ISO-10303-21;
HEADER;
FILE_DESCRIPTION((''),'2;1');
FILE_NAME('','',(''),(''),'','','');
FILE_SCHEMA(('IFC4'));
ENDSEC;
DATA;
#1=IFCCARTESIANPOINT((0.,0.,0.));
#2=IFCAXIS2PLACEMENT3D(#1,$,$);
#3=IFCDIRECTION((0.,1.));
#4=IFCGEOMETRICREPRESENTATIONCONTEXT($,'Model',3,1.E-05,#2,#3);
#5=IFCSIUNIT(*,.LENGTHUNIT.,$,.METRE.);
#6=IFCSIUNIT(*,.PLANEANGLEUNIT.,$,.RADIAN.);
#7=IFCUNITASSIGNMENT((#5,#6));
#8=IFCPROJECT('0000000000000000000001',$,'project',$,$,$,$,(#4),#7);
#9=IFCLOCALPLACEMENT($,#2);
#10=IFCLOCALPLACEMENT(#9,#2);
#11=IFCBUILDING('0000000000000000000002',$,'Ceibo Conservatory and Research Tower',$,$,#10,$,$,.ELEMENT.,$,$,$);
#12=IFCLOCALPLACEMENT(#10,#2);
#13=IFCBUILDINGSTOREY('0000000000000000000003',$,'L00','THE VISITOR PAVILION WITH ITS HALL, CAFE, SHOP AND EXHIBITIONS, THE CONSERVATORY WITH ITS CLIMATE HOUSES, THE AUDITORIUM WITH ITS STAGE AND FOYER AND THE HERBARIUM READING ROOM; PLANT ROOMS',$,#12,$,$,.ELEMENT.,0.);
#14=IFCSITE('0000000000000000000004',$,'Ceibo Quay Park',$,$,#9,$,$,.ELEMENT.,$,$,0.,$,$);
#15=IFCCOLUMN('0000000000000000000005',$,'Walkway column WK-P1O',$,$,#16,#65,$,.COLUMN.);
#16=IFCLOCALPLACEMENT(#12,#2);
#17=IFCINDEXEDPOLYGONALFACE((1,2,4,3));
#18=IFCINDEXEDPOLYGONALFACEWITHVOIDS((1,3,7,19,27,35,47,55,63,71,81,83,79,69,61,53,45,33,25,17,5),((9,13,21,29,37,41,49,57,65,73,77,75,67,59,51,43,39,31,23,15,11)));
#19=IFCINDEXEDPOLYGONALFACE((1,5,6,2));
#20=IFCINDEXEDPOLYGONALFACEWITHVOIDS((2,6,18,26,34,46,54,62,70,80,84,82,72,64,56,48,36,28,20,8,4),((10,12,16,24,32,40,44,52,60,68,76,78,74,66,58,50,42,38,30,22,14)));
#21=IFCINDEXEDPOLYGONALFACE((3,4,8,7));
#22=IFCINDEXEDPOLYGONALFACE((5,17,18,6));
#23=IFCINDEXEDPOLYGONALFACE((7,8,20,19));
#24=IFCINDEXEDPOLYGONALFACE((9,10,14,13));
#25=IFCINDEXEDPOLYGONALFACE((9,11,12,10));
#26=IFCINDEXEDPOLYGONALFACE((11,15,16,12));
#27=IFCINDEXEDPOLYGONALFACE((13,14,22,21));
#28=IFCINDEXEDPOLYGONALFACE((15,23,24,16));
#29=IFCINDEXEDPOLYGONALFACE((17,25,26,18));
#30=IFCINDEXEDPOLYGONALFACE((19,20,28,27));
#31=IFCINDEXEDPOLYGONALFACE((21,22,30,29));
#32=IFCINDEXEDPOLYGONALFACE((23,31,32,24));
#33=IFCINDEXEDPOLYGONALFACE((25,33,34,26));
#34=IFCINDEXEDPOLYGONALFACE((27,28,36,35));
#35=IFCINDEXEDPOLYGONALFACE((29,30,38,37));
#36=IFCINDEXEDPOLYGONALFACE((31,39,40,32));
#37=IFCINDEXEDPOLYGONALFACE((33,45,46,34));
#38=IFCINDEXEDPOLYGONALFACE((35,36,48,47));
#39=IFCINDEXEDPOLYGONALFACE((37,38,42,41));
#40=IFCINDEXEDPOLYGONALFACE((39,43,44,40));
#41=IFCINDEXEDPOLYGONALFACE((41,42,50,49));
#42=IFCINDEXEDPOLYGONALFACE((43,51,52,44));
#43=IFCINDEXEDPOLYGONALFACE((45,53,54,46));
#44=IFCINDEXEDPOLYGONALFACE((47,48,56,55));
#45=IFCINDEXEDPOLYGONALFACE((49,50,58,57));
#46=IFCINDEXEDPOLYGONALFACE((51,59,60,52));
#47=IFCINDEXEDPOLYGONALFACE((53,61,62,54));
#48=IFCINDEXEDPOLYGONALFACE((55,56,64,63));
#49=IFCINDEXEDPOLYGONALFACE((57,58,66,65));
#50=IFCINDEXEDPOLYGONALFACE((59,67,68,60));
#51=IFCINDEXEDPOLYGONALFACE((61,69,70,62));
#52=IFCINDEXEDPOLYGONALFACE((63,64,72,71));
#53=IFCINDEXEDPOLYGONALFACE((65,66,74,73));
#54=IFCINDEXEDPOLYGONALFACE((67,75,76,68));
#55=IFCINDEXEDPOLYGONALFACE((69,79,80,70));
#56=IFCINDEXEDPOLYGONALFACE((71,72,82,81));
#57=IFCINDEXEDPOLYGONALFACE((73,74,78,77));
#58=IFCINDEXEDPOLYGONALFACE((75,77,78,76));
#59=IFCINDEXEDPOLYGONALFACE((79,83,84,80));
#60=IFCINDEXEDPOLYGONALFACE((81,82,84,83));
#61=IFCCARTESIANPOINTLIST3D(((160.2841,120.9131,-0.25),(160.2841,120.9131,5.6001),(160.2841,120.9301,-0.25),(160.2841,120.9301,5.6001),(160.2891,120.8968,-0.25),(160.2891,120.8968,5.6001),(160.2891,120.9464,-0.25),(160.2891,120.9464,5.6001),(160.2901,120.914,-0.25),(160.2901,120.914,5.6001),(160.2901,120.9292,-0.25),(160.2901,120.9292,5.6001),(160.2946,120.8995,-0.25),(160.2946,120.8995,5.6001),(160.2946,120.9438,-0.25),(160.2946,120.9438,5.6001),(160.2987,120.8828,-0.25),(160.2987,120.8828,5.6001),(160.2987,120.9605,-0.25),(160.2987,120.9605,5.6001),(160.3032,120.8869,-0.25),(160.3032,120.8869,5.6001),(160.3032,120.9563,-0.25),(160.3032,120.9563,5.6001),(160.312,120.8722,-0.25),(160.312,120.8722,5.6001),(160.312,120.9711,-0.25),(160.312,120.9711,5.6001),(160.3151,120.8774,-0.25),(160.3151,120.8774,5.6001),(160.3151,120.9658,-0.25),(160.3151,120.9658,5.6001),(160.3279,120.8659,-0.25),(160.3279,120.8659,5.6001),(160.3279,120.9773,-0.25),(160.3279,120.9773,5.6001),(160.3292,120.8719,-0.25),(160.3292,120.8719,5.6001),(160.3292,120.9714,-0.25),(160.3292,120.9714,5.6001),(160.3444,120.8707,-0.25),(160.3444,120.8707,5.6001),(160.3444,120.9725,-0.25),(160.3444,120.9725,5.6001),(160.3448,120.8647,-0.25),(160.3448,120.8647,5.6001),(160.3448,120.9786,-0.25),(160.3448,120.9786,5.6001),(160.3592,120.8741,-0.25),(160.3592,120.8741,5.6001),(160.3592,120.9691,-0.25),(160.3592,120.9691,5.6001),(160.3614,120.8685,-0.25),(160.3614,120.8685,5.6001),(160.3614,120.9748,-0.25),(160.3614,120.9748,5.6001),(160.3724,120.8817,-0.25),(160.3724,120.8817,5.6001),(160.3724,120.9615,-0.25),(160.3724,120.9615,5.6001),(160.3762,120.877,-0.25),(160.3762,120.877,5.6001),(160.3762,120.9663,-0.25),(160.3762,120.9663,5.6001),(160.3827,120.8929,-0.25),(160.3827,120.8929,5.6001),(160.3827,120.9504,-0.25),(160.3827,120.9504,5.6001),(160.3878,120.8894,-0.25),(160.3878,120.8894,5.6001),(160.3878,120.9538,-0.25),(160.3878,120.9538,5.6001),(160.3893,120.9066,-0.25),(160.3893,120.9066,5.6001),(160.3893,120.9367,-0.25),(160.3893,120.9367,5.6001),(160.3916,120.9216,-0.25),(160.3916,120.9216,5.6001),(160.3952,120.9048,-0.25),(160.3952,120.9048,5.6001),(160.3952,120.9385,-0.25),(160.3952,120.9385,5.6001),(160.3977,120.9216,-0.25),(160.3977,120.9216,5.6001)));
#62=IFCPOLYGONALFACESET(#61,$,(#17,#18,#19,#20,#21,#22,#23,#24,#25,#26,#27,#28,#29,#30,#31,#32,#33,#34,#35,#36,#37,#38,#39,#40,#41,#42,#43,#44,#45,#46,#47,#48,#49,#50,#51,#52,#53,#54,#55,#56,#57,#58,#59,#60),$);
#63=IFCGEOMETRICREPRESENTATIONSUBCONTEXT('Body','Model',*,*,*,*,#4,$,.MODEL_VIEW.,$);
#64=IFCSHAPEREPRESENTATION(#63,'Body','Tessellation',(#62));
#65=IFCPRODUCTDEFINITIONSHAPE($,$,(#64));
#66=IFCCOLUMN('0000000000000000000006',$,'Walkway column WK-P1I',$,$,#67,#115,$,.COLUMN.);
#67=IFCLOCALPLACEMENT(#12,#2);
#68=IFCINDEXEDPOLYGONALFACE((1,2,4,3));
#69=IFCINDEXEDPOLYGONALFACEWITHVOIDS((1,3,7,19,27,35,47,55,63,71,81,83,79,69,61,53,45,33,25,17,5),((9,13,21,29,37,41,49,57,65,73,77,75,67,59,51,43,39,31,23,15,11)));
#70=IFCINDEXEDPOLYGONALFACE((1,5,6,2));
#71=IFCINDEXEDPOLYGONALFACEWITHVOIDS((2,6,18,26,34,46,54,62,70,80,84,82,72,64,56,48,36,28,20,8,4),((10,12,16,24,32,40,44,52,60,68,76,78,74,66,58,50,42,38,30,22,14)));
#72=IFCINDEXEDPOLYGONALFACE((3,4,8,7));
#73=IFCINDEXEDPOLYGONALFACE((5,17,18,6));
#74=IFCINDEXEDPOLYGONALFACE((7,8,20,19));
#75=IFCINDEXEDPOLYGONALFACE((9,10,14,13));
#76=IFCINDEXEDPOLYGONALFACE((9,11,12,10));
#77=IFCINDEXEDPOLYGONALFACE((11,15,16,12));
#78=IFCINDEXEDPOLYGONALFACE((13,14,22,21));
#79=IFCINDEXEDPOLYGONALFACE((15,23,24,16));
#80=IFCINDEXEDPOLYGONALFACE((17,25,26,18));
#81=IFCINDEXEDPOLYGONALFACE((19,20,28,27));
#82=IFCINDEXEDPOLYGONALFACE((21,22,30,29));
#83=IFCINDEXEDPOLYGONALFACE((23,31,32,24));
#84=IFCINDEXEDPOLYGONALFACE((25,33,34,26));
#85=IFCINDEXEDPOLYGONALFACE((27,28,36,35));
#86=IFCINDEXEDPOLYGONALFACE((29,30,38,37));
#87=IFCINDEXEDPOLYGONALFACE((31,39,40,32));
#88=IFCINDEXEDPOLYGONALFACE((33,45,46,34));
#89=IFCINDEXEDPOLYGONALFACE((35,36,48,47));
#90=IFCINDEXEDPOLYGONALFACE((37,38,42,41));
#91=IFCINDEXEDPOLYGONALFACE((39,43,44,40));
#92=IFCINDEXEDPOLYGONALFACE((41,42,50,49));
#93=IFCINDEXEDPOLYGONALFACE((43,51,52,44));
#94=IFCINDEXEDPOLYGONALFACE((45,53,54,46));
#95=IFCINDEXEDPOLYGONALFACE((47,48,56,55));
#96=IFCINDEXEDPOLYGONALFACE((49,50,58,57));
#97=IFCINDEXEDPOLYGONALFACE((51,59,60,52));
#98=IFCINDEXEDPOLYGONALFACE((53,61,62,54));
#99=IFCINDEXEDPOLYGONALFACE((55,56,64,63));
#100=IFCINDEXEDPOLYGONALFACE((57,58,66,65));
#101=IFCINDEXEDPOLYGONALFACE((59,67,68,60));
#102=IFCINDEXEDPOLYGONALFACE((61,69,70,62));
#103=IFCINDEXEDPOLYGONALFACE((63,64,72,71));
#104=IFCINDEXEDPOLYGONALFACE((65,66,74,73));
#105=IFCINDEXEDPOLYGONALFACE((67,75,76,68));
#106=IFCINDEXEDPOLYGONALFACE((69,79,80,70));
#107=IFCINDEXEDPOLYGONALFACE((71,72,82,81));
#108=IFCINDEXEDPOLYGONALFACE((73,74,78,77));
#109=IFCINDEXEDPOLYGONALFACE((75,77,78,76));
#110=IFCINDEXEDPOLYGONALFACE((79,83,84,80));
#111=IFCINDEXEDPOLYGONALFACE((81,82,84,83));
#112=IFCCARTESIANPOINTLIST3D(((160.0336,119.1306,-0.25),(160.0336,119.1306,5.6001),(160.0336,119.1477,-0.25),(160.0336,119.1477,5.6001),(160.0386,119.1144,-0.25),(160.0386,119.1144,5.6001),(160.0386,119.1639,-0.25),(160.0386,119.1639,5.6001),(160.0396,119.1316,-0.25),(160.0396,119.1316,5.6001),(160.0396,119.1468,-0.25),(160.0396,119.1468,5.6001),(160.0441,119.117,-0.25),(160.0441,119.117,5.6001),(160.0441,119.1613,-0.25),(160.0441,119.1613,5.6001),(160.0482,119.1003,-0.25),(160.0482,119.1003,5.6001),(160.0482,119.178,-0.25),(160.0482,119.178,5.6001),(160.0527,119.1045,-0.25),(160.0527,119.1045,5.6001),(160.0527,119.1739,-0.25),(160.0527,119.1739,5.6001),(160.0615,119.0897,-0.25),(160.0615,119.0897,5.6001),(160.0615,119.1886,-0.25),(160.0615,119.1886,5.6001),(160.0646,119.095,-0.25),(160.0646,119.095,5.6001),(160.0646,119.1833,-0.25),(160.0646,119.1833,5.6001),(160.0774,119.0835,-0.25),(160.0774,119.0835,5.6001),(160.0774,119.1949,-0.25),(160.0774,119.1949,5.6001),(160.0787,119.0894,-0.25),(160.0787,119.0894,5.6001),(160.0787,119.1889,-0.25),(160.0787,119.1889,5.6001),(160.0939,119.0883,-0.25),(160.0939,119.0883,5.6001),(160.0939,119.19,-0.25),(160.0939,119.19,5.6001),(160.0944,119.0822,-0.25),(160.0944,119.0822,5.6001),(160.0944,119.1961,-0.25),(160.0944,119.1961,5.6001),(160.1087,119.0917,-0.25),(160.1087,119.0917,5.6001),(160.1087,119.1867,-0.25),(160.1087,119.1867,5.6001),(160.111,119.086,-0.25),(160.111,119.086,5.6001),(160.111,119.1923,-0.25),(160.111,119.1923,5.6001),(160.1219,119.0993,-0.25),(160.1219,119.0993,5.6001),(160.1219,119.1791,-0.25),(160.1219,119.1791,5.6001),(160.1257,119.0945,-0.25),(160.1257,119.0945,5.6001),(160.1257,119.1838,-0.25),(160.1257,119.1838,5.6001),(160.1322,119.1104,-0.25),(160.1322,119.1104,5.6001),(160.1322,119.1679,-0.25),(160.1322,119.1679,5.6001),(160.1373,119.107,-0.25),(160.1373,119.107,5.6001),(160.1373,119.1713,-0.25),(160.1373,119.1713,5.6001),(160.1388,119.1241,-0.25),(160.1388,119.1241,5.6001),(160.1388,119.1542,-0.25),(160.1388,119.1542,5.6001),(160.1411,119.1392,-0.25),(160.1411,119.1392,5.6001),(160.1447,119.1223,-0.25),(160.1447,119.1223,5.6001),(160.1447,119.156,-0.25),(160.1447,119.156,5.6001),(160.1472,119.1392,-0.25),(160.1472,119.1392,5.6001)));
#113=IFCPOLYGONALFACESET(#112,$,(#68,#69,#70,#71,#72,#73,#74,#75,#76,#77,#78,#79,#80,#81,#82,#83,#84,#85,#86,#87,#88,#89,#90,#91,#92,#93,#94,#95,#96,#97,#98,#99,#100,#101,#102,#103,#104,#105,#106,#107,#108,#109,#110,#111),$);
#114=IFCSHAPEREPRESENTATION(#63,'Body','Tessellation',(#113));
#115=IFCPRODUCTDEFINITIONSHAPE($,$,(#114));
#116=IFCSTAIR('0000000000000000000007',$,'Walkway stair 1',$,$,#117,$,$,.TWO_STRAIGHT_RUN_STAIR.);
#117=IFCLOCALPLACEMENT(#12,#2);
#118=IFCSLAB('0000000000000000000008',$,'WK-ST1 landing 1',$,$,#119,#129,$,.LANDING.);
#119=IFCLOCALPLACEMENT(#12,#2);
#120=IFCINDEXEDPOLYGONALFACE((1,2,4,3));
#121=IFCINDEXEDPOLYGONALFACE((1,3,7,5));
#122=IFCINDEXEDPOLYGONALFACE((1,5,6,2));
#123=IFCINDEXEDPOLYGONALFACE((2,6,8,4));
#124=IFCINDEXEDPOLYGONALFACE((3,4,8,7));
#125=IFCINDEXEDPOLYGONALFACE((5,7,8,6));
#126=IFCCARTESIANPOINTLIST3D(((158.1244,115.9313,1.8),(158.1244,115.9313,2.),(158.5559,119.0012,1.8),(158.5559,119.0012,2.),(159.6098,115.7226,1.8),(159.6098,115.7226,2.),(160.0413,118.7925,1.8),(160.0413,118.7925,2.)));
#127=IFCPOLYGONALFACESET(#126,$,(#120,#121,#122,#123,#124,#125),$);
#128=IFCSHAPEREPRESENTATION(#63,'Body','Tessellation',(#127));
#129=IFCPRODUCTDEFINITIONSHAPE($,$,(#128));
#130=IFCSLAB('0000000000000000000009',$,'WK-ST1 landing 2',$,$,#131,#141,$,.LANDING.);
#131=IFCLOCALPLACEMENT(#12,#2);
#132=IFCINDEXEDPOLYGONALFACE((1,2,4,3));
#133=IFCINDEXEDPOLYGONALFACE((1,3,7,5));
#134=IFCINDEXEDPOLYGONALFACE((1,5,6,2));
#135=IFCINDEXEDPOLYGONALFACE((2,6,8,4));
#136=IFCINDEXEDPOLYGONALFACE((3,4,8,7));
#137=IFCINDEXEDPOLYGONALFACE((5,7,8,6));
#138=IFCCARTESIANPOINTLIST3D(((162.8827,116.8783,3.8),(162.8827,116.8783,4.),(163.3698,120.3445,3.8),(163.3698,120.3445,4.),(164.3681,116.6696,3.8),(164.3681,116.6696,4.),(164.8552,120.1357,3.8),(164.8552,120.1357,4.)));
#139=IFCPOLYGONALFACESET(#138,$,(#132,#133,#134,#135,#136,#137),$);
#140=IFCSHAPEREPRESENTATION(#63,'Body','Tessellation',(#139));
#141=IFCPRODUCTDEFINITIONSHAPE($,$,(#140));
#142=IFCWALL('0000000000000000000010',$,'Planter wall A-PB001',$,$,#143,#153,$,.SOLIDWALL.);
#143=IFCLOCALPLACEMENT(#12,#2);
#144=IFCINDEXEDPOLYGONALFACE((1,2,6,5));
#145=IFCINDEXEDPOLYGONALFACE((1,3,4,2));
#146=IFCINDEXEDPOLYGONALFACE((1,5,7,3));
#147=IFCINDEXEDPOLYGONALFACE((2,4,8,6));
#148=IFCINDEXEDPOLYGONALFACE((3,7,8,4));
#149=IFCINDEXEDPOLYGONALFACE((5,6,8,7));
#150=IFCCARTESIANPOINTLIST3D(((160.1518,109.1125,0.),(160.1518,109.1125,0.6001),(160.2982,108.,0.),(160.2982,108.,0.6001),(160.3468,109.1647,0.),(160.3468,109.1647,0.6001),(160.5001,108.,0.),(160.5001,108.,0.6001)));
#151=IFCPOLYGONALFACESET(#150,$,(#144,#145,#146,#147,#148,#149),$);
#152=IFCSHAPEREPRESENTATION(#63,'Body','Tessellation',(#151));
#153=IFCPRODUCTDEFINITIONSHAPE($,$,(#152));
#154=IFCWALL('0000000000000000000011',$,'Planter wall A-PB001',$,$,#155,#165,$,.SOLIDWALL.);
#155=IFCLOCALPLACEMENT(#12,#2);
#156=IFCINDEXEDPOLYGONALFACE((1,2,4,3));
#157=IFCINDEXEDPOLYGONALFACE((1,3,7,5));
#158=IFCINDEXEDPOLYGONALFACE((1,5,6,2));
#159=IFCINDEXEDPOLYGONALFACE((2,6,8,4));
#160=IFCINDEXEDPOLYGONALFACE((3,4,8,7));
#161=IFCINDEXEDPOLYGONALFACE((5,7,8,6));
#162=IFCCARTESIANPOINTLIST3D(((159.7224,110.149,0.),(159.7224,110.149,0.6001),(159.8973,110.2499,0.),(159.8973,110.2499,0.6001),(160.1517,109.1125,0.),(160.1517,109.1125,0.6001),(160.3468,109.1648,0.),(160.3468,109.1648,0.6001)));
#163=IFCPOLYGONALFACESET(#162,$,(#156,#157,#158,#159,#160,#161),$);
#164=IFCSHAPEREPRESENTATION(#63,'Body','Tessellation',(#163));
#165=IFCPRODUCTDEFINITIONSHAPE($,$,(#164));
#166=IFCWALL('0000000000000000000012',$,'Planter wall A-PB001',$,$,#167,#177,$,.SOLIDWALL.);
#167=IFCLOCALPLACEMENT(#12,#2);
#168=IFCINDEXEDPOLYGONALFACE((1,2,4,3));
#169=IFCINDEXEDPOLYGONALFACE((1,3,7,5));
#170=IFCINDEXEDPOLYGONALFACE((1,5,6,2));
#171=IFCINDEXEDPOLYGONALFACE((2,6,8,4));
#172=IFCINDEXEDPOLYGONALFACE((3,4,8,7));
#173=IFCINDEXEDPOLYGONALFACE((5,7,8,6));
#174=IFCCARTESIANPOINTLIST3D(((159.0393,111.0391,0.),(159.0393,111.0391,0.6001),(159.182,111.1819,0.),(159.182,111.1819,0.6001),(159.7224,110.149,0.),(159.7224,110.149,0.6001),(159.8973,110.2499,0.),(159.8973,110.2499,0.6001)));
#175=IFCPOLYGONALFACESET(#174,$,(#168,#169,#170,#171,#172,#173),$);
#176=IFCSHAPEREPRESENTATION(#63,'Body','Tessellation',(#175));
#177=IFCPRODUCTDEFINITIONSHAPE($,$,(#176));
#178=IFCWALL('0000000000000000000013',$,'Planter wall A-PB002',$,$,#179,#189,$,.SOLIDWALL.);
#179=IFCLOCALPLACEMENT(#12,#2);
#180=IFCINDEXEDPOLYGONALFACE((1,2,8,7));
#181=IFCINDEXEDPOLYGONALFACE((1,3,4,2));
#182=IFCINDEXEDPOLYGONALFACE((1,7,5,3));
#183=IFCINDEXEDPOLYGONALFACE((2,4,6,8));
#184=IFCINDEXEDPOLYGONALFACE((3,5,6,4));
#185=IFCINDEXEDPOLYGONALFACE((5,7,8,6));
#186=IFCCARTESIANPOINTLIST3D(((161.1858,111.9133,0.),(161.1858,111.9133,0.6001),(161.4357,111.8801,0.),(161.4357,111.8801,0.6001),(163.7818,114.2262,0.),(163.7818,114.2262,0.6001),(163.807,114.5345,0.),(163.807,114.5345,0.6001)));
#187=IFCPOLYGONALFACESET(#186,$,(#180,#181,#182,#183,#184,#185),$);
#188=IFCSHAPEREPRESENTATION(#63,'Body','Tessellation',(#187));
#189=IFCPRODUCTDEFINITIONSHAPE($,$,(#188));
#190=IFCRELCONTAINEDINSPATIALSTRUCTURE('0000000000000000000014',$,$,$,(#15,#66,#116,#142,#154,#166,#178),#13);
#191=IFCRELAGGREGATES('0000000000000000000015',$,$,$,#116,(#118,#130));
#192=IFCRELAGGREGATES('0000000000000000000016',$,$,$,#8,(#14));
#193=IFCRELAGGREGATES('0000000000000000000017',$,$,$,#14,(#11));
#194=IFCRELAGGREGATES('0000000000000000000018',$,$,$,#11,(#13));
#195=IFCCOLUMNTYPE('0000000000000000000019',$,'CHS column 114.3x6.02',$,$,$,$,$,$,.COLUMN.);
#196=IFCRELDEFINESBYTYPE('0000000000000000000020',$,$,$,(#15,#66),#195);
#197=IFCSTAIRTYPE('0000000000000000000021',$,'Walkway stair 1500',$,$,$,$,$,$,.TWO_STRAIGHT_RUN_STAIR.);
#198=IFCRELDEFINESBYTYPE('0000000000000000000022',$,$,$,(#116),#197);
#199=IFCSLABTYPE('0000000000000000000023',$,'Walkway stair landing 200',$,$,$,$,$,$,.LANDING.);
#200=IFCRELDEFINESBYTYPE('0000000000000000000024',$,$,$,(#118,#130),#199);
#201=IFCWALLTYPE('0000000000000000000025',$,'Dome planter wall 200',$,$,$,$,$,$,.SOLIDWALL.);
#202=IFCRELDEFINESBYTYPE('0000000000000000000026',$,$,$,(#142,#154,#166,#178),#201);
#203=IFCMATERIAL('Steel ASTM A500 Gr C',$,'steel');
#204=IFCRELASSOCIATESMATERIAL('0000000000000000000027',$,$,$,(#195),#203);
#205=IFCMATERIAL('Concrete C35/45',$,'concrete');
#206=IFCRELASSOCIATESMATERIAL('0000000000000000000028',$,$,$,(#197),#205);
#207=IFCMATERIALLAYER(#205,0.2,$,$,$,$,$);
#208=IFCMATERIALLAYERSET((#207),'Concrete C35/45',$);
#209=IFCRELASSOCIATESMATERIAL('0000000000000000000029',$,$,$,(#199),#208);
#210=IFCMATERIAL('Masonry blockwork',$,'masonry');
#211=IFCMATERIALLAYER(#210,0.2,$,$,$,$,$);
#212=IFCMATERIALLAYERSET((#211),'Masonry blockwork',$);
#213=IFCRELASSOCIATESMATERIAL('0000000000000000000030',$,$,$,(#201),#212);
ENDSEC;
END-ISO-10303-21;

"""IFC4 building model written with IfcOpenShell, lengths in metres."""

from ifc_helpers import new_model, si_unit, direction, frame, origin, origin_2d, place, context, subcontext, project, spatial, polyline, hollow_circle, outline, extrude, material, layer, layer_set, material_profile, profile_set, type_object, element, aggregate, save


model = new_model("IFC4")

# Units and contexts
model_context = context("Model", 3, precision=1e-05, world=origin(), true_north=direction((0.0, 1.0)))
body_context = subcontext(model_context, "Body", "Model", "MODEL_VIEW")
ifc_project = project(units=[si_unit("LENGTHUNIT", "METRE"), si_unit("PLANEANGLEUNIT", "RADIAN")], contexts=[model_context])

# Site, building, storey
site_placement = place(None, origin())
site = spatial("IfcSite", under=ifc_project, at=site_placement, Name="Ceibo Quay Park", CompositionType="ELEMENT", RefElevation=0.0)
building_placement = place(site_placement, origin())
building = spatial("IfcBuilding", under=site, at=building_placement, Name="Ceibo Conservatory and Research Tower", CompositionType="ELEMENT")
storey_placement = place(building_placement, origin())
storey = spatial("IfcBuildingStorey", under=building, at=storey_placement, Name="L00", Description="THE VISITOR PAVILION WITH ITS HALL, CAFE, SHOP AND EXHIBITIONS, THE CONSERVATORY WITH ITS CLIMATE HOUSES, THE AUDITORIUM WITH ITS STAGE AND FOYER AND THE HERBARIUM READING ROOM; PLANT ROOMS", CompositionType="ELEMENT", Elevation=0.0)

# Columns
ifc_material_1 = material(Name="Steel ASTM A500 Gr C", Category="steel")
ifc_material_profile = material_profile(ifc_material_1, hollow_circle(Radius=0.0571, WallThickness=0.0061, at=origin_2d()), Name="CHS column 114.3x6.02")
ifc_profile_set = profile_set([ifc_material_profile], Name="Steel ASTM A500 Gr C")
column_type = type_object("IfcColumnType", Name="CHS column 114.3x6.02", PredefinedType="COLUMN", material=ifc_profile_set)
for number, where, z_axis, x_axis, name in (
    (1, (160.3406, 120.9216, -0.25), (0.0, 0.0, 1.0), (1.0, 0.0, 0.0), "Walkway column WK-P1O"),
    (2, (160.0901, 119.1392, -0.25), (0.0, 0.0, 1.0), (1.0, 0.0, 0.0), "Walkway column WK-P1I"),
):
    element("IfcColumn", number, at=place(storey_placement, frame(where, z_axis=z_axis, x_axis=x_axis)), inside=storey, type_object=column_type, Name=name, PredefinedType="COLUMN", context=body_context, shape_type="SweptSolid", body=[
        extrude(hollow_circle(Radius=0.0571, WallThickness=0.0061, at=origin_2d()), origin(), (0.0, 0.0, 1.0), 5.8501),
    ])

# Stair, slabs
ifc_material_2 = material(Name="Concrete C35/45", Category="concrete")
stair_type = type_object("IfcStairType", Name="Walkway stair 1500", PredefinedType="TWO_STRAIGHT_RUN_STAIR", material=ifc_material_2)
stair_placement = place(storey_placement, origin())
stair = element("IfcStair", 3, at=stair_placement, inside=storey, type_object=stair_type, Name="Walkway stair 1", PredefinedType="TWO_STRAIGHT_RUN_STAIR")
ifc_layer_1 = layer(ifc_material_2, 0.2)
ifc_layer_set_1 = layer_set([ifc_layer_1], Name="Concrete C35/45")
slab_type = type_object("IfcSlabType", Name="Walkway stair landing 200", PredefinedType="LANDING", material=ifc_layer_set_1)
slab_1_placement = place(storey_placement, frame((160.0413, 118.7925, 1.8), z_axis=(0.0, 0.0, 1.0), x_axis=(-0.990268, 0.139173, 0.0)))
slab_1 = element("IfcSlab", 4, at=slab_1_placement, type_object=slab_type, Name="WK-ST1 landing 1", PredefinedType="LANDING", context=body_context, shape_type="SweptSolid", body=[
    extrude(outline(polyline([(0.0, 0.0), (1.5, 0.0), (1.5, 3.1001), (0.0, 3.1001), (0.0, 0.0)])), origin(), (0.0, 0.0, 1.0), 0.2),
])
slab_2_placement = place(storey_placement, frame((164.8552, 120.1357, 3.8), z_axis=(0.0, 0.0, 1.0), x_axis=(-0.990268, 0.139173, 0.0)))
slab_2 = element("IfcSlab", 5, at=slab_2_placement, type_object=slab_type, Name="WK-ST1 landing 2", PredefinedType="LANDING", context=body_context, shape_type="SweptSolid", body=[
    extrude(outline(polyline([(0.0, 0.0), (1.5, 0.0), (1.5, 3.5002), (0.0, 3.5002), (0.0, 0.0)])), origin(), (0.0, 0.0, 1.0), 0.2),
])

# Walls
ifc_material_3 = material(Name="Masonry blockwork", Category="masonry")
ifc_layer_2 = layer(ifc_material_3, 0.2)
ifc_layer_set_2 = layer_set([ifc_layer_2], Name="Masonry blockwork")
wall_type_1 = type_object("IfcWallType", Name="Dome planter wall 200", PredefinedType="SOLIDWALL", material=ifc_layer_set_2)
wall_1_placement = place(storey_placement, frame((160.3992, 108.0, 0.0), z_axis=(0.0, 0.0, 1.0), x_axis=(-0.13052, 0.991446, 0.0)))
element("IfcWall", 6, at=wall_1_placement, inside=storey, type_object=wall_type_1, Name="Planter wall A-PB001", PredefinedType="SOLIDWALL", context=body_context, shape_type="SweptSolid", body=[
    extrude(outline(polyline([(-0.0132, -0.1001), (1.1616, -0.1001), (1.1353, 0.1001), (0.0132, 0.1001), (-0.0132, -0.1001)])), origin(), (0.0, 0.0, 1.0), 0.6001),
])
wall_2_placement = place(storey_placement, frame((160.2493, 109.1387, 0.0), z_axis=(0.0, 0.0, 1.0), x_axis=(-0.382727, 0.923861, 0.0)))
element("IfcWall", 7, at=wall_2_placement, inside=storey, type_object=wall_type_1, Name="Planter wall A-PB001", PredefinedType="SOLIDWALL", context=body_context, shape_type="SweptSolid", body=[
    extrude(outline(polyline([(-0.0132, -0.1001), (1.1614, -0.1001), (1.135, 0.1001), (0.0132, 0.1001), (-0.0132, -0.1001)])), origin(), (0.0, 0.0, 1.0), 0.6001),
])
wall_3_placement = place(storey_placement, frame((159.8098, 110.1995, 0.0), z_axis=(0.0, 0.0, 1.0), x_axis=(-0.608806, 0.793319, 0.0)))
element("IfcWall", 8, at=wall_3_placement, inside=storey, type_object=wall_type_1, Name="Planter wall A-PB001", PredefinedType="SOLIDWALL", context=body_context, shape_type="SweptSolid", body=[
    extrude(outline(polyline([(-0.0132, -0.1001), (1.1616, -0.1001), (1.1353, 0.1001), (0.0132, 0.1001), (-0.0132, -0.1001)])), origin(), (0.0, 0.0, 1.0), 0.6001),
])
wall_4_placement = place(storey_placement, frame((163.7944, 114.3804, 0.0), z_axis=(0.0, 0.0, 1.0), x_axis=(-0.707107, -0.707107, 0.0)))
element("IfcWall", 9, at=wall_4_placement, inside=storey, type_object=wall_type_1, Name="Planter wall A-PB002", PredefinedType="SOLIDWALL", context=body_context, shape_type="SweptSolid", body=[
    extrude(outline(polyline([(-0.1179, -0.1001), (3.5891, -0.1001), (3.4358, 0.1001), (0.1179, 0.1001), (-0.1179, -0.1001)])), origin(), (0.0, 0.0, 1.0), 0.6001),
])

aggregate(stair, [slab_1, slab_2])

save(model, "model.ifc")
